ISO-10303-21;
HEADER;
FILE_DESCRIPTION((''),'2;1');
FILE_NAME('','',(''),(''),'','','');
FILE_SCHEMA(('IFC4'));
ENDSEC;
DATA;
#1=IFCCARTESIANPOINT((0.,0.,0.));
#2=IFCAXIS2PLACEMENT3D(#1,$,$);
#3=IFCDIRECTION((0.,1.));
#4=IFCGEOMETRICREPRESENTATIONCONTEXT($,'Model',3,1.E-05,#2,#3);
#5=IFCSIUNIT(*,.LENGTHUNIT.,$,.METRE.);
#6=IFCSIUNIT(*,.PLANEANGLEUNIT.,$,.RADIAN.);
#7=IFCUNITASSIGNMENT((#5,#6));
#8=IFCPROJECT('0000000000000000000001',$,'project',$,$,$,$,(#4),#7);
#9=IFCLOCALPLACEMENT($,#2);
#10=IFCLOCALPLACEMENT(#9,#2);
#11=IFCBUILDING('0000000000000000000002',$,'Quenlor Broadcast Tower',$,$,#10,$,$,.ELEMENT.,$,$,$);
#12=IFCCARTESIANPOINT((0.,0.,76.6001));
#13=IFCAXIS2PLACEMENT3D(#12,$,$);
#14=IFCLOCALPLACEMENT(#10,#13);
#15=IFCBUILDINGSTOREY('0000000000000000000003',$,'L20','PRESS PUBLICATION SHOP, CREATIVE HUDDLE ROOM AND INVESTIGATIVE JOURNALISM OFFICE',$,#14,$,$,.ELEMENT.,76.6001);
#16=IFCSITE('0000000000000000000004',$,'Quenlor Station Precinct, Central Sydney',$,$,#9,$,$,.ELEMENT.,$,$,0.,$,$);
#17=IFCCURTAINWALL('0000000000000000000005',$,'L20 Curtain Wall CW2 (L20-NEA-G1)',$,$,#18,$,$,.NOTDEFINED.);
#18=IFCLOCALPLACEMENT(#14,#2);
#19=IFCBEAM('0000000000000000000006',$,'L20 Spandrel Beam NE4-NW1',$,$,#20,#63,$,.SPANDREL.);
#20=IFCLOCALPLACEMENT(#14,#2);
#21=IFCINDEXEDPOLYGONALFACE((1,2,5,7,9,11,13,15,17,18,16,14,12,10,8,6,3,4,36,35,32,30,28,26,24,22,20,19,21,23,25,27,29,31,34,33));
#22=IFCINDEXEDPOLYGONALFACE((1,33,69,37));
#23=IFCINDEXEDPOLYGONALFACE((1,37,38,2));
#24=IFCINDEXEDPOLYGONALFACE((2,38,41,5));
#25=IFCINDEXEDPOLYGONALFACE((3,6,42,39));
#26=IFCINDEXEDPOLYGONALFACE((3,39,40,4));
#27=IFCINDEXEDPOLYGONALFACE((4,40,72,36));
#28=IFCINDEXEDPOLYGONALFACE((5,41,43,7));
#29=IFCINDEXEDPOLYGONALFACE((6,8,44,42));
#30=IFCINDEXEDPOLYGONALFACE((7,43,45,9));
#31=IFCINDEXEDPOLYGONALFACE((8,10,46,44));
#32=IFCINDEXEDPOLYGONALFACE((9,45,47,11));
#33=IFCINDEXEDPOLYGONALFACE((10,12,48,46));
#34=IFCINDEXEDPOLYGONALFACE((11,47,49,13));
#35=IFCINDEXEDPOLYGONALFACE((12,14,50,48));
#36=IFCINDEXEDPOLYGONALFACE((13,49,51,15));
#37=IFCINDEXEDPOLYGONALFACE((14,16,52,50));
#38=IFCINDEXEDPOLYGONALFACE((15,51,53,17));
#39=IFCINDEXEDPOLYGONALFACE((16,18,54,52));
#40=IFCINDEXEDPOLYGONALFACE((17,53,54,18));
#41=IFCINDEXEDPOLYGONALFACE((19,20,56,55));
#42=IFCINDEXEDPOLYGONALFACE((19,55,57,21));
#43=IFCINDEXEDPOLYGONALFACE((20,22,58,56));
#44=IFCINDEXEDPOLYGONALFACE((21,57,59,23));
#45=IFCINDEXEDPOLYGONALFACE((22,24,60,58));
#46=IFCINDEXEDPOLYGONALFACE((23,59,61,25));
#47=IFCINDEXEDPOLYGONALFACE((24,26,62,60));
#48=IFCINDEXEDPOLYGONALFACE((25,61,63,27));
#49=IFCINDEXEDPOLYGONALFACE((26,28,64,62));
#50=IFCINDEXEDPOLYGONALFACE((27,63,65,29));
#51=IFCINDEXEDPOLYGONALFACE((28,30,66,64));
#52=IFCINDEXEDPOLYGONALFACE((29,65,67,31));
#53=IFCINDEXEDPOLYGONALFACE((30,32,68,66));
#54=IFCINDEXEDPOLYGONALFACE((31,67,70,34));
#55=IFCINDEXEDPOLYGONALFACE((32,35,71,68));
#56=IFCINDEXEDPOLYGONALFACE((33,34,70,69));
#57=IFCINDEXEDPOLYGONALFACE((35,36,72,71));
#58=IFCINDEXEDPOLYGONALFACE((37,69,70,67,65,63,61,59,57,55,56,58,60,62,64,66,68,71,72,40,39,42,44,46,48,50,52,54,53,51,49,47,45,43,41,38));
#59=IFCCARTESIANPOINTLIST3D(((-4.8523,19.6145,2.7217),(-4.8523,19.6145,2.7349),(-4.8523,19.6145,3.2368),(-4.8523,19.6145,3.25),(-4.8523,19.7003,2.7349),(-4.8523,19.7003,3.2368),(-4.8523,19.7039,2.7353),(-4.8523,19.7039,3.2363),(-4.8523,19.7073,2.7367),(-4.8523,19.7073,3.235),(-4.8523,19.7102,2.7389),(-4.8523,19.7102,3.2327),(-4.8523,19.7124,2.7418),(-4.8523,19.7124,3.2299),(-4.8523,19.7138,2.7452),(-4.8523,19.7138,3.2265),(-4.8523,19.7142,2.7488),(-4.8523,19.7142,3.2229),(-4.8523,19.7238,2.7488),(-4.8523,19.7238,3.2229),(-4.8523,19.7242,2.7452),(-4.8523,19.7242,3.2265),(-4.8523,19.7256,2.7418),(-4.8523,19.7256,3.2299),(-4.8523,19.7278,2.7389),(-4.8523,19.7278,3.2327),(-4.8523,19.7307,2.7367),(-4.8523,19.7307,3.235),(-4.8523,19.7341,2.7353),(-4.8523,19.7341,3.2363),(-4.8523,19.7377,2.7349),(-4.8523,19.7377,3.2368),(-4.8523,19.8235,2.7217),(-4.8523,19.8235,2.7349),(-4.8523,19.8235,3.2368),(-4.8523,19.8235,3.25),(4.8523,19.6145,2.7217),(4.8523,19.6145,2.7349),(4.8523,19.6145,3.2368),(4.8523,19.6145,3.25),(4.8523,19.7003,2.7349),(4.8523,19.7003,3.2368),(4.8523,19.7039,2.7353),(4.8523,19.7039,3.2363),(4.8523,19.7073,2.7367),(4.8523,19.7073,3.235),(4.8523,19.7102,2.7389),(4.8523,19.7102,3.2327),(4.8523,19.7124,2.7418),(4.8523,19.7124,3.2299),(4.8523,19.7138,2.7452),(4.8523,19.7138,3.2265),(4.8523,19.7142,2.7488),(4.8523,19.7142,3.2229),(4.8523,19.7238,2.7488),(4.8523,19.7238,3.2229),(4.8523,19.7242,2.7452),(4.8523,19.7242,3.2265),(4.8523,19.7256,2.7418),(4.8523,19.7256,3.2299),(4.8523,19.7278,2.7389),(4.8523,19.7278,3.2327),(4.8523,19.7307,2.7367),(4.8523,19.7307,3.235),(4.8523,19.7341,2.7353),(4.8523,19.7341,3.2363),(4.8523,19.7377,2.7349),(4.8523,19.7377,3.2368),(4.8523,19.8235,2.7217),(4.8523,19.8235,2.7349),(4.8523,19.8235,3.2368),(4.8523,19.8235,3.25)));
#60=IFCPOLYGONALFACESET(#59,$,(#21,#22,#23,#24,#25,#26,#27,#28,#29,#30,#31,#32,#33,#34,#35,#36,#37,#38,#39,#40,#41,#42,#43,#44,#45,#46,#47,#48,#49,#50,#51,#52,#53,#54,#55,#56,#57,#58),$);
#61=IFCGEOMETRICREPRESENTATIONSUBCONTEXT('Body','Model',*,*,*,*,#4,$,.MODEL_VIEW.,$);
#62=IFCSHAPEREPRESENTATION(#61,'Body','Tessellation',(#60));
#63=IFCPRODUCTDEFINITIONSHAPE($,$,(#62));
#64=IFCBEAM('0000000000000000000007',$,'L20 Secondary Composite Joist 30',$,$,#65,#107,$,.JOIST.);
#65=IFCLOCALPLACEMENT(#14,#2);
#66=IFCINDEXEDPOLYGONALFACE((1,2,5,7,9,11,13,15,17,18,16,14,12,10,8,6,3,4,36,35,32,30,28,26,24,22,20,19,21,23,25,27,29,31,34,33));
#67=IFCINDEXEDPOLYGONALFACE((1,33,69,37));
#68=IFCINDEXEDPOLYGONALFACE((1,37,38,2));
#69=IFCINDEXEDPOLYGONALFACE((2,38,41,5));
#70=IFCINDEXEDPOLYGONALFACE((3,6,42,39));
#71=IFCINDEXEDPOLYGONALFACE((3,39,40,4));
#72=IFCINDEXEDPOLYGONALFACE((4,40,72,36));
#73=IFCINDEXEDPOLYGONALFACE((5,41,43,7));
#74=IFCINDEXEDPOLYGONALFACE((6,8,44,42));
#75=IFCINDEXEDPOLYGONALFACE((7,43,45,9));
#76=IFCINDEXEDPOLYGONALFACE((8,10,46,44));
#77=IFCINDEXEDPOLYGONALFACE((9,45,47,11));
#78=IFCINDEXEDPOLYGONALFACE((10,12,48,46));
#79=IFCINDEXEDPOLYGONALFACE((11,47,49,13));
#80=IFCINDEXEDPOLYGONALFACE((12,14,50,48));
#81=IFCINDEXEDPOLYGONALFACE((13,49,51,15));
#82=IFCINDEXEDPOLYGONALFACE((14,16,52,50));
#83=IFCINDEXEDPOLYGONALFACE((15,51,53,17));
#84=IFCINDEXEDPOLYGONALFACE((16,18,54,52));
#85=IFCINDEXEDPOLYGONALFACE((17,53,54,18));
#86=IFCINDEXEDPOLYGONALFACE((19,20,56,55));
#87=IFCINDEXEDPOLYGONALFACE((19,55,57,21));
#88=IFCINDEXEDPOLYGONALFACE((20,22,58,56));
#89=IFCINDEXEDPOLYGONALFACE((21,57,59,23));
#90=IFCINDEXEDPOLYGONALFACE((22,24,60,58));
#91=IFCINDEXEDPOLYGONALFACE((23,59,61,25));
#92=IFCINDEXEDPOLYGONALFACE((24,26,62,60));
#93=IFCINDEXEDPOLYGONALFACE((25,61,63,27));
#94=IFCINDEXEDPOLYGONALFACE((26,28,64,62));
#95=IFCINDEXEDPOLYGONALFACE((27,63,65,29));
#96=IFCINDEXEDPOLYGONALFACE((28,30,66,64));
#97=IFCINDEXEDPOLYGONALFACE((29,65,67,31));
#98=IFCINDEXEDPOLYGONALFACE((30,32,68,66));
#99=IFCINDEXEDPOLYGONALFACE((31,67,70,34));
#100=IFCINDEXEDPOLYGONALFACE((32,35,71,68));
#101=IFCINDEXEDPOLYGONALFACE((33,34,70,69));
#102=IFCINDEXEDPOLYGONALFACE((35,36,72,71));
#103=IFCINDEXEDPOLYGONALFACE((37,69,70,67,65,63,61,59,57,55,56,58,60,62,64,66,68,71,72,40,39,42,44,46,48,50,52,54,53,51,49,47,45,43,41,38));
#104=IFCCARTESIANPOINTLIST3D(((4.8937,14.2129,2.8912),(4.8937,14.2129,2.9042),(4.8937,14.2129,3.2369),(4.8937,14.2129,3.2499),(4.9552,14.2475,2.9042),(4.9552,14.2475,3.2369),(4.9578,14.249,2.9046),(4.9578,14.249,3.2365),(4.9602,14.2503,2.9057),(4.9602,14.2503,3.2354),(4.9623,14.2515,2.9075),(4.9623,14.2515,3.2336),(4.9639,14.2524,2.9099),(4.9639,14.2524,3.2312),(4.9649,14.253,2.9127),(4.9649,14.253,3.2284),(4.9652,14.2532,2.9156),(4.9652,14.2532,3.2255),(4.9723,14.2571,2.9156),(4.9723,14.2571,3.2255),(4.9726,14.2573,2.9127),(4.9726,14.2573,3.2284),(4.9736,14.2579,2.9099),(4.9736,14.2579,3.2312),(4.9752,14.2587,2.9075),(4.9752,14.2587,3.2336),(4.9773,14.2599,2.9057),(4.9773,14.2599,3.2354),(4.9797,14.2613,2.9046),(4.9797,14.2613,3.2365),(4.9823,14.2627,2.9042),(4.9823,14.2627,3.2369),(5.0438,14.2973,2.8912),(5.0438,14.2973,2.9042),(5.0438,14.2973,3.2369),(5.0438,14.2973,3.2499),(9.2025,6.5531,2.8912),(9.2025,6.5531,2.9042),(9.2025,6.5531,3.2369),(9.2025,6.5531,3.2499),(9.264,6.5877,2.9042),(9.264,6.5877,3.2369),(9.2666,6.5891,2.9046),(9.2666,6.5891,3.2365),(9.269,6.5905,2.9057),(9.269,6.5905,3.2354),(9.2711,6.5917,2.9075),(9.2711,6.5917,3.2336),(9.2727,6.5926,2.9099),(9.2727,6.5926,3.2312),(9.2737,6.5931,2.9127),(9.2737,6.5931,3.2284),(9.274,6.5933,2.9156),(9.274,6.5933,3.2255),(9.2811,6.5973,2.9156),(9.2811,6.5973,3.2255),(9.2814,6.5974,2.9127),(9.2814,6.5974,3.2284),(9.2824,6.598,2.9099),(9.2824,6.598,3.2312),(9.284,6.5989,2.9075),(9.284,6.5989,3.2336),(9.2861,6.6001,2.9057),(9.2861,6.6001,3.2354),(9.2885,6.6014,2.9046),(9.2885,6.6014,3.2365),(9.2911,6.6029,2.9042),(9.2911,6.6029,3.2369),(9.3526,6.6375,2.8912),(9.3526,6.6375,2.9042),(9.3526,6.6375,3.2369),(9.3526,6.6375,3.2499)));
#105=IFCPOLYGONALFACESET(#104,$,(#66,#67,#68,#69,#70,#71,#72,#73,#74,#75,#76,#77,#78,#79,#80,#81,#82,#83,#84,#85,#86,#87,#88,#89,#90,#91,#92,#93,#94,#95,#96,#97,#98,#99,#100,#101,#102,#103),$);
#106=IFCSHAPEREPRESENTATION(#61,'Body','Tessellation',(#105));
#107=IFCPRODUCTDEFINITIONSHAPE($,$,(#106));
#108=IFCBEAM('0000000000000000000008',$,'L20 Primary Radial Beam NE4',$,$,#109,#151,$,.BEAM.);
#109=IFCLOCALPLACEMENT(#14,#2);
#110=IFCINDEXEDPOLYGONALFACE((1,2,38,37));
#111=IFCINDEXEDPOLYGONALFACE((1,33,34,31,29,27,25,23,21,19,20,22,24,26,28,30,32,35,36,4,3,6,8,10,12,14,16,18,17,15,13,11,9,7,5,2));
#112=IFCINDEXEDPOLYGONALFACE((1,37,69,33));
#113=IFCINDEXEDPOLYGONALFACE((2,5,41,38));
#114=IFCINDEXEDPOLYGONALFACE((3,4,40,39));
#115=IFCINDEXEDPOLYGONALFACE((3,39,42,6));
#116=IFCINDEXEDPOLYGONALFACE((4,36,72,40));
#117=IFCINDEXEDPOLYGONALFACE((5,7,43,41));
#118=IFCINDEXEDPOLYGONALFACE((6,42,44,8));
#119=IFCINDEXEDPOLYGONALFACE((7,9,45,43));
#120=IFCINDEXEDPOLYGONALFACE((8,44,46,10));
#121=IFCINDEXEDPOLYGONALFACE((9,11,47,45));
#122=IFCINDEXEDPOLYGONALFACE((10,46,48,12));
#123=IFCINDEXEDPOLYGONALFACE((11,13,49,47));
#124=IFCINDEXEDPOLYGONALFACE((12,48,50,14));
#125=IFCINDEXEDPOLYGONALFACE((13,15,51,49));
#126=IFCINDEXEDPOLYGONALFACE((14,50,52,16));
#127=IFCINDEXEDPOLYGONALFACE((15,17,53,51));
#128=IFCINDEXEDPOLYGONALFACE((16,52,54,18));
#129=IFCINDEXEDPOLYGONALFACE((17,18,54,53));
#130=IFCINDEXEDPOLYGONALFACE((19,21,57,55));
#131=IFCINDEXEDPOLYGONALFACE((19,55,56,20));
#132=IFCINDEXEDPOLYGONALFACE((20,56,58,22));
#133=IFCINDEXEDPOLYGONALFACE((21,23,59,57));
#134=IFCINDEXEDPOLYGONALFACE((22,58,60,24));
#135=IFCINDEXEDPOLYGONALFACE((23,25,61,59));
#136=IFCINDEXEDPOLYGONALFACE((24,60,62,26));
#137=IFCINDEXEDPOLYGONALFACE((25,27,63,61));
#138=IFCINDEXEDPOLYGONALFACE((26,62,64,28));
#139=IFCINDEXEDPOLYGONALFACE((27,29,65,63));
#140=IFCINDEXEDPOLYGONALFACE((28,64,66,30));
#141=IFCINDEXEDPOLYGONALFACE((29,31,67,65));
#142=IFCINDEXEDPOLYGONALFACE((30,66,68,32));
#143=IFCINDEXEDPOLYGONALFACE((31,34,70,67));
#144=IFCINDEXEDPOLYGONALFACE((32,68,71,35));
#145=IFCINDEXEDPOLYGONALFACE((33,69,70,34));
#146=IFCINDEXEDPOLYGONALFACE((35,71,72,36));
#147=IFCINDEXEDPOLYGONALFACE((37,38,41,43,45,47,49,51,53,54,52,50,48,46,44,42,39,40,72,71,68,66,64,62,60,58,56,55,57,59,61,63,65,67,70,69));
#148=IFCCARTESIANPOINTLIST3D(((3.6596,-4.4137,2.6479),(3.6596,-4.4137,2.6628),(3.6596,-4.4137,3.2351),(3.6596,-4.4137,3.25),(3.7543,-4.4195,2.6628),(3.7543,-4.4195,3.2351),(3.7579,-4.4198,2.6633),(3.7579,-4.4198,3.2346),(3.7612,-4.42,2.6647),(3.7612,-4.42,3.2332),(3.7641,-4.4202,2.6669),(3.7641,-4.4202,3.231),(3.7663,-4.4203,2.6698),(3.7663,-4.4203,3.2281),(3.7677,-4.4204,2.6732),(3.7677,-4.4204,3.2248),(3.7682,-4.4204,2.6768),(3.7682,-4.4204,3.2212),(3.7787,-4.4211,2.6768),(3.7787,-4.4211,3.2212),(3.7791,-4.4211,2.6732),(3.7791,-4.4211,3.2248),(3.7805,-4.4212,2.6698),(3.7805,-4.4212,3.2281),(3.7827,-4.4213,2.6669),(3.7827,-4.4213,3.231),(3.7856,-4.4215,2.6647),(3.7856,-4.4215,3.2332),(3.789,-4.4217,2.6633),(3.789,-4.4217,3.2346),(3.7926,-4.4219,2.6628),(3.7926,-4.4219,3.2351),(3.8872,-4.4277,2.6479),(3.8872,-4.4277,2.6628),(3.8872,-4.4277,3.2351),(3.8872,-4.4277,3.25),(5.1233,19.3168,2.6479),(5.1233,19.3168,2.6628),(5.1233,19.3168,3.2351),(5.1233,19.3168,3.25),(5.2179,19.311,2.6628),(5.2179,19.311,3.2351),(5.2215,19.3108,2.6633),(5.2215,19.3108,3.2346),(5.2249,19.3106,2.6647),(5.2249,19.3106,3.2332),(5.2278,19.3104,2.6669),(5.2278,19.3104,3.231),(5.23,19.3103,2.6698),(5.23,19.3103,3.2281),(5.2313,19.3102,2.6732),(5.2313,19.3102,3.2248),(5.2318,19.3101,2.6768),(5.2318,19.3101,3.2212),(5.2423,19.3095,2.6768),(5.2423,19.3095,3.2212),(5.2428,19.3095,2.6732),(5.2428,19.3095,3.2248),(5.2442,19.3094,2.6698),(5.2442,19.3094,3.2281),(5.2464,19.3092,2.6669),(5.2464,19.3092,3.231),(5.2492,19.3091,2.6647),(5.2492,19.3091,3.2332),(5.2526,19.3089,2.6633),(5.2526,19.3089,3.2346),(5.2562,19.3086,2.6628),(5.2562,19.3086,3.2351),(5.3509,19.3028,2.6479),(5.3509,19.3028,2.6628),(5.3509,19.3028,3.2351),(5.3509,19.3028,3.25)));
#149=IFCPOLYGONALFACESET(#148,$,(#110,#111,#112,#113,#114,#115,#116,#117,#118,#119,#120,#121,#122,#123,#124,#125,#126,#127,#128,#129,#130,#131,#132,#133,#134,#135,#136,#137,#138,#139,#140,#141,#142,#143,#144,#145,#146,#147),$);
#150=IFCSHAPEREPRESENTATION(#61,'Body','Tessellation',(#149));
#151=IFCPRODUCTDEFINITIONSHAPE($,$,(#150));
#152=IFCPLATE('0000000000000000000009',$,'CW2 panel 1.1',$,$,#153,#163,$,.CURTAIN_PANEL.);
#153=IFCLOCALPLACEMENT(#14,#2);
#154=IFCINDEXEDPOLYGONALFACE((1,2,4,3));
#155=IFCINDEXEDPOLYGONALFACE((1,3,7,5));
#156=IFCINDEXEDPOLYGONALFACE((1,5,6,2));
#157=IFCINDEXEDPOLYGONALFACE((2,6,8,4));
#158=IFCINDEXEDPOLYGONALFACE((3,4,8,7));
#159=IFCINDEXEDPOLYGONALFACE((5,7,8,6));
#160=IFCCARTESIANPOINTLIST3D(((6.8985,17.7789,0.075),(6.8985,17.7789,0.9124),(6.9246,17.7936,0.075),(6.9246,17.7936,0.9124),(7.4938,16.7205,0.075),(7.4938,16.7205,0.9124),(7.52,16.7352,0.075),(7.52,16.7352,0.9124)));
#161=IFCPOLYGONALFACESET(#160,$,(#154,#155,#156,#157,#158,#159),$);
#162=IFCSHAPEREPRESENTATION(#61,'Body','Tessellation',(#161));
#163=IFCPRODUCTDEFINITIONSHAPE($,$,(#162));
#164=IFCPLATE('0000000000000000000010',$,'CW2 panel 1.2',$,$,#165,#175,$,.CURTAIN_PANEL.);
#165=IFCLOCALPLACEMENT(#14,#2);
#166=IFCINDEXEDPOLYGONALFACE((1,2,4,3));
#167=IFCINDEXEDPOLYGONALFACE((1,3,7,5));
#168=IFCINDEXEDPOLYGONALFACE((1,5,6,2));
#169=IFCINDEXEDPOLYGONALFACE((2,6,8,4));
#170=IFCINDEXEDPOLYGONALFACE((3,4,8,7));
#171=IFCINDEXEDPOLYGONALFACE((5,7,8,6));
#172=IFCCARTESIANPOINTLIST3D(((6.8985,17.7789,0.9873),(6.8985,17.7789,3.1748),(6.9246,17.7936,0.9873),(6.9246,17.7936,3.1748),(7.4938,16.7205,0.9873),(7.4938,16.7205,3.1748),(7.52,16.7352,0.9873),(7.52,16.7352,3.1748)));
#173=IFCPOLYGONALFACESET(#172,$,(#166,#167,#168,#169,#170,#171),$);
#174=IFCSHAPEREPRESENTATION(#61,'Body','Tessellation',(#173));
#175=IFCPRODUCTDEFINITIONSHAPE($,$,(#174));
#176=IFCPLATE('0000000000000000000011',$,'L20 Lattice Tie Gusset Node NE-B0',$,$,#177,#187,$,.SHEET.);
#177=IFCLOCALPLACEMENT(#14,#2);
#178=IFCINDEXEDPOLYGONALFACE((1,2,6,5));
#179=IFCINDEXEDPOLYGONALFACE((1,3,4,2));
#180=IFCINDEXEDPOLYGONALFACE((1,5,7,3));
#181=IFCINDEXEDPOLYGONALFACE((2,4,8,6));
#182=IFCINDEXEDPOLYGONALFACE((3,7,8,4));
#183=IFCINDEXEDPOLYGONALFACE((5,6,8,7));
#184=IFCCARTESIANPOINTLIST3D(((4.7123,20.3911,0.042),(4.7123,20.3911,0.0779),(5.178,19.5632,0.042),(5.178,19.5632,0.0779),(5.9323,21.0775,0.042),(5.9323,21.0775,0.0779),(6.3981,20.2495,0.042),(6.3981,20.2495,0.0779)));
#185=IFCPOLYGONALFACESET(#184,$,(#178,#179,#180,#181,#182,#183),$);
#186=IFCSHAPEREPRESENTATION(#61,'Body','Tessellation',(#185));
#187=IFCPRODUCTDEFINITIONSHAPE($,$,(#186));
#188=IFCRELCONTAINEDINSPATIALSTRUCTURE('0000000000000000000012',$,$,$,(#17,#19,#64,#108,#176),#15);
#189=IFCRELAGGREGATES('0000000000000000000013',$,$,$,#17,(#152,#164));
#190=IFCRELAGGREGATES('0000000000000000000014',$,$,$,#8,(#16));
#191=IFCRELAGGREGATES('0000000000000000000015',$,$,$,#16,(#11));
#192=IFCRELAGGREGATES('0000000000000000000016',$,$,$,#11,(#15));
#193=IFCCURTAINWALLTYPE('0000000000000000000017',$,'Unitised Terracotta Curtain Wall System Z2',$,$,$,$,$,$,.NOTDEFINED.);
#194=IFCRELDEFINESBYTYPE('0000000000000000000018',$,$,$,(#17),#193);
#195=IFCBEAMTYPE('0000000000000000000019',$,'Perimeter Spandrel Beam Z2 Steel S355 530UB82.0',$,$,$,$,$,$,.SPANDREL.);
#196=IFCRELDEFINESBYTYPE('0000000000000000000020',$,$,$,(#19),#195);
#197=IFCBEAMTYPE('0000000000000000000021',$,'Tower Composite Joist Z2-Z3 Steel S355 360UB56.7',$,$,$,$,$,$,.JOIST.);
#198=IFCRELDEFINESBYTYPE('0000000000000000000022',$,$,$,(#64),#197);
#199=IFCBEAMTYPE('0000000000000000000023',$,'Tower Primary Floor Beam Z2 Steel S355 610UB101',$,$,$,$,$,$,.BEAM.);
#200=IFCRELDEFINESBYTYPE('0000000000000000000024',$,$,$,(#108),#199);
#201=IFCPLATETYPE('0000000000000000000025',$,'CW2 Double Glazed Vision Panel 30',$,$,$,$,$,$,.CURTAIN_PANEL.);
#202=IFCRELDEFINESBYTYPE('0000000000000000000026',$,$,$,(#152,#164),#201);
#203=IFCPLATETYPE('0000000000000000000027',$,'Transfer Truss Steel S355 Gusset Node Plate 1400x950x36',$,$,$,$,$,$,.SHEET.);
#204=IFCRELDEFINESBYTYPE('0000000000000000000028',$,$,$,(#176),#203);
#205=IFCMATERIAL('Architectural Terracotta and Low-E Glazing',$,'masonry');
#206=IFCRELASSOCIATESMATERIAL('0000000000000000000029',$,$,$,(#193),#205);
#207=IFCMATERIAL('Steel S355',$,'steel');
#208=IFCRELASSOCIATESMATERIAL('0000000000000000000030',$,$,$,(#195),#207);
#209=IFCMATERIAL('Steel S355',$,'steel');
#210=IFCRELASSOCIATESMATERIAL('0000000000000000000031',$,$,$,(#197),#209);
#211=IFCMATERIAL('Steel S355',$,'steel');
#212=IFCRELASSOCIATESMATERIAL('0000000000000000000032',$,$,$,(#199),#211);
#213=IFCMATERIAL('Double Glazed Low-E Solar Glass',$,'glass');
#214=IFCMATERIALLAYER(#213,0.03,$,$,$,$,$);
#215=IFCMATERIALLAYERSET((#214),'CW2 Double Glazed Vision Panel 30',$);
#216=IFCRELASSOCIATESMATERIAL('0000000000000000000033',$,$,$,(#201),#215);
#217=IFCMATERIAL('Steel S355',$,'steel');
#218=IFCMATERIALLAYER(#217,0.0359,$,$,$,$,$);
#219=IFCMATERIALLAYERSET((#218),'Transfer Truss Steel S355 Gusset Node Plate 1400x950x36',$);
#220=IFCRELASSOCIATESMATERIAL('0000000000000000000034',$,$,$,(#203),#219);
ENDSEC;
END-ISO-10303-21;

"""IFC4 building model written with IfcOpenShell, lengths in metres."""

from ifc_helpers import new_model, si_unit, direction, frame, origin, origin_2d, place, context, subcontext, project, spatial, rectangle, i_section, extrude, material, layer, layer_set, material_profile, profile_set, type_object, element, aggregate, save


model = new_model("IFC4")

# Units and contexts
model_context = context("Model", 3, precision=1e-05, world=origin(), true_north=direction((0.0, 1.0)))
body_context = subcontext(model_context, "Body", "Model", "MODEL_VIEW")
ifc_project = project(units=[si_unit("LENGTHUNIT", "METRE"), si_unit("PLANEANGLEUNIT", "RADIAN")], contexts=[model_context])

# Site, building, storey
site_placement = place(None, origin())
site = spatial("IfcSite", under=ifc_project, at=site_placement, Name="Quenlor Station Precinct, Central Sydney", CompositionType="ELEMENT", RefElevation=0.0)
building_placement = place(site_placement, origin())
building = spatial("IfcBuilding", under=site, at=building_placement, Name="Quenlor Broadcast Tower", CompositionType="ELEMENT")
storey_placement = place(building_placement, frame((0.0, 0.0, 76.6001)))
storey = spatial("IfcBuildingStorey", under=building, at=storey_placement, Name="L20", Description="PRESS PUBLICATION SHOP, CREATIVE HUDDLE ROOM AND INVESTIGATIVE JOURNALISM OFFICE", CompositionType="ELEMENT", Elevation=76.6001)

# Curtain wall
ifc_material_1 = material(Name="Architectural Terracotta and Low-E Glazing", Category="masonry")
curtain_wall_type = type_object("IfcCurtainWallType", Name="Unitised Terracotta Curtain Wall System Z2", PredefinedType="NOTDEFINED", material=ifc_material_1)
curtain_wall_1_placement = place(storey_placement, origin())
curtain_wall_1 = element("IfcCurtainWall", 1, at=curtain_wall_1_placement, inside=storey, type_object=curtain_wall_type, Name="L20 Curtain Wall CW2 (L20-NEA-G1)", PredefinedType="NOTDEFINED")

# Beams
ifc_material_2 = material(Name="Steel S355", Category="steel")
ifc_material_profile_1 = material_profile(ifc_material_2, i_section(OverallWidth=0.209, OverallDepth=0.5283, WebThickness=0.0095, FlangeThickness=0.0132, FilletRadius=0.0139, at=origin_2d()))
ifc_profile_set_1 = profile_set([ifc_material_profile_1], Name="Steel S355 530UB82.0")
beam_type_1 = type_object("IfcBeamType", Name="Perimeter Spandrel Beam Z2 Steel S355 530UB82.0", PredefinedType="SPANDREL", material=ifc_profile_set_1)
beam_1_placement = place(storey_placement, frame((4.8523, 19.719, 2.9858), z_axis=(-1.0, 0.0, 0.0), x_axis=(0.0, -1.0, 0.0)))
element("IfcBeam", 2, at=beam_1_placement, inside=storey, type_object=beam_type_1, Name="L20 Spandrel Beam NE4-NW1", PredefinedType="SPANDREL", context=body_context, shape_type="SweptSolid", body=[
    extrude(i_section(OverallWidth=0.209, OverallDepth=0.5283, WebThickness=0.0095, FlangeThickness=0.0132, FilletRadius=0.0139, at=origin_2d()), origin(), (0.0, 0.0, 1.0), 9.7046),
])
ifc_material_3 = material(Name="Steel S355", Category="steel")
ifc_material_profile_2 = material_profile(ifc_material_3, i_section(OverallWidth=0.1721, OverallDepth=0.3586, WebThickness=0.0081, FlangeThickness=0.0129, FilletRadius=0.0115, at=origin_2d()))
ifc_profile_set_2 = profile_set([ifc_material_profile_2], Name="Steel S355 360UB56.7")
beam_type_2 = type_object("IfcBeamType", Name="Tower Composite Joist Z2-Z3 Steel S355 360UB56.7", PredefinedType="JOIST", material=ifc_profile_set_2)
beam_2_placement = place(storey_placement, frame((4.9688, 14.2551, 3.0706), z_axis=(0.490273, -0.871569, 0.0), x_axis=(0.871569, 0.490273, 0.0)))
element("IfcBeam", 3, at=beam_2_placement, inside=storey, type_object=beam_type_2, Name="L20 Secondary Composite Joist 30", PredefinedType="JOIST", context=body_context, shape_type="SweptSolid", body=[
    extrude(i_section(OverallWidth=0.1721, OverallDepth=0.3586, WebThickness=0.0081, FlangeThickness=0.0129, FilletRadius=0.0115, at=origin_2d()), origin(), (0.0, 0.0, 1.0), 8.7886),
])
ifc_material_4 = material(Name="Steel S355", Category="steel")
ifc_material_profile_3 = material_profile(ifc_material_4, i_section(OverallWidth=0.228, OverallDepth=0.6021, WebThickness=0.0105, FlangeThickness=0.0149, FilletRadius=0.0139, at=origin_2d()))
ifc_profile_set_3 = profile_set([ifc_material_profile_3], Name="Steel S355 610UB101")
beam_type_3 = type_object("IfcBeamType", Name="Tower Primary Floor Beam Z2 Steel S355 610UB101", PredefinedType="BEAM", material=ifc_profile_set_3)
beam_3_placement = place(storey_placement, frame((5.2371, 19.3098, 2.949), z_axis=(-0.06156, -0.998103, 0.0), x_axis=(0.998103, -0.06156, 0.0)))
element("IfcBeam", 4, at=beam_3_placement, inside=storey, type_object=beam_type_3, Name="L20 Primary Radial Beam NE4", PredefinedType="BEAM", context=body_context, shape_type="SweptSolid", body=[
    extrude(i_section(OverallWidth=0.228, OverallDepth=0.6021, WebThickness=0.0105, FlangeThickness=0.0149, FilletRadius=0.0139, at=origin_2d()), origin(), (0.0, 0.0, 1.0), 23.7756),
])

# Plates
ifc_material_5 = material(Name="Double Glazed Low-E Solar Glass", Category="glass")
ifc_layer_1 = layer(ifc_material_5, 0.03)
ifc_layer_set_1 = layer_set([ifc_layer_1], Name="CW2 Double Glazed Vision Panel 30")
plate_type_1 = type_object("IfcPlateType", Name="CW2 Double Glazed Vision Panel 30", PredefinedType="CURTAIN_PANEL", material=ifc_layer_set_1)
plate_1_placement = place(storey_placement, frame((7.2092, 17.2571, 0.075), z_axis=(0.0, 0.0, 1.0), x_axis=(0.490247, -0.871583, 0.0)))
plate_1 = element("IfcPlate", 5, at=plate_1_placement, type_object=plate_type_1, Name="CW2 panel 1.1", PredefinedType="CURTAIN_PANEL", context=body_context, shape_type="SweptSolid", body=[
    extrude(rectangle(XDim=1.2144, YDim=0.03, at=origin_2d()), origin(), (0.0, 0.0, 1.0), 0.8374),
])
plate_2_placement = place(storey_placement, frame((7.2092, 17.2571, 0.9873), z_axis=(0.0, 0.0, 1.0), x_axis=(0.490247, -0.871583, 0.0)))
plate_2 = element("IfcPlate", 6, at=plate_2_placement, type_object=plate_type_1, Name="CW2 panel 1.2", PredefinedType="CURTAIN_PANEL", context=body_context, shape_type="SweptSolid", body=[
    extrude(rectangle(XDim=1.2144, YDim=0.03, at=origin_2d()), origin(), (0.0, 0.0, 1.0), 2.1875),
])
aggregate(curtain_wall_1, [plate_1, plate_2])

# Plate
ifc_material_6 = material(Name="Steel S355", Category="steel")
ifc_layer_2 = layer(ifc_material_6, 0.0359)
ifc_layer_set_2 = layer_set([ifc_layer_2], Name="Transfer Truss Steel S355 Gusset Node Plate 1400x950x36")
plate_type_2 = type_object("IfcPlateType", Name="Transfer Truss Steel S355 Gusset Node Plate 1400x950x36", PredefinedType="SHEET", material=ifc_layer_set_2)
for number, where, z_axis, x_axis, name in (
    (7, (5.5552, 20.3203, 0.042), (0.0, 0.0, 1.0), (0.871556, 0.490295, 0.0), "L20 Lattice Tie Gusset Node NE-B0"),
):
    element("IfcPlate", number, at=place(storey_placement, frame(where, z_axis=z_axis, x_axis=x_axis)), inside=storey, type_object=plate_type_2, Name=name, PredefinedType="SHEET", context=body_context, shape_type="SweptSolid", body=[
        extrude(rectangle(XDim=1.3999, YDim=0.95, at=origin_2d()), origin(), (0.0, 0.0, 1.0), 0.0359),
    ])

save(model, "model.ifc")
